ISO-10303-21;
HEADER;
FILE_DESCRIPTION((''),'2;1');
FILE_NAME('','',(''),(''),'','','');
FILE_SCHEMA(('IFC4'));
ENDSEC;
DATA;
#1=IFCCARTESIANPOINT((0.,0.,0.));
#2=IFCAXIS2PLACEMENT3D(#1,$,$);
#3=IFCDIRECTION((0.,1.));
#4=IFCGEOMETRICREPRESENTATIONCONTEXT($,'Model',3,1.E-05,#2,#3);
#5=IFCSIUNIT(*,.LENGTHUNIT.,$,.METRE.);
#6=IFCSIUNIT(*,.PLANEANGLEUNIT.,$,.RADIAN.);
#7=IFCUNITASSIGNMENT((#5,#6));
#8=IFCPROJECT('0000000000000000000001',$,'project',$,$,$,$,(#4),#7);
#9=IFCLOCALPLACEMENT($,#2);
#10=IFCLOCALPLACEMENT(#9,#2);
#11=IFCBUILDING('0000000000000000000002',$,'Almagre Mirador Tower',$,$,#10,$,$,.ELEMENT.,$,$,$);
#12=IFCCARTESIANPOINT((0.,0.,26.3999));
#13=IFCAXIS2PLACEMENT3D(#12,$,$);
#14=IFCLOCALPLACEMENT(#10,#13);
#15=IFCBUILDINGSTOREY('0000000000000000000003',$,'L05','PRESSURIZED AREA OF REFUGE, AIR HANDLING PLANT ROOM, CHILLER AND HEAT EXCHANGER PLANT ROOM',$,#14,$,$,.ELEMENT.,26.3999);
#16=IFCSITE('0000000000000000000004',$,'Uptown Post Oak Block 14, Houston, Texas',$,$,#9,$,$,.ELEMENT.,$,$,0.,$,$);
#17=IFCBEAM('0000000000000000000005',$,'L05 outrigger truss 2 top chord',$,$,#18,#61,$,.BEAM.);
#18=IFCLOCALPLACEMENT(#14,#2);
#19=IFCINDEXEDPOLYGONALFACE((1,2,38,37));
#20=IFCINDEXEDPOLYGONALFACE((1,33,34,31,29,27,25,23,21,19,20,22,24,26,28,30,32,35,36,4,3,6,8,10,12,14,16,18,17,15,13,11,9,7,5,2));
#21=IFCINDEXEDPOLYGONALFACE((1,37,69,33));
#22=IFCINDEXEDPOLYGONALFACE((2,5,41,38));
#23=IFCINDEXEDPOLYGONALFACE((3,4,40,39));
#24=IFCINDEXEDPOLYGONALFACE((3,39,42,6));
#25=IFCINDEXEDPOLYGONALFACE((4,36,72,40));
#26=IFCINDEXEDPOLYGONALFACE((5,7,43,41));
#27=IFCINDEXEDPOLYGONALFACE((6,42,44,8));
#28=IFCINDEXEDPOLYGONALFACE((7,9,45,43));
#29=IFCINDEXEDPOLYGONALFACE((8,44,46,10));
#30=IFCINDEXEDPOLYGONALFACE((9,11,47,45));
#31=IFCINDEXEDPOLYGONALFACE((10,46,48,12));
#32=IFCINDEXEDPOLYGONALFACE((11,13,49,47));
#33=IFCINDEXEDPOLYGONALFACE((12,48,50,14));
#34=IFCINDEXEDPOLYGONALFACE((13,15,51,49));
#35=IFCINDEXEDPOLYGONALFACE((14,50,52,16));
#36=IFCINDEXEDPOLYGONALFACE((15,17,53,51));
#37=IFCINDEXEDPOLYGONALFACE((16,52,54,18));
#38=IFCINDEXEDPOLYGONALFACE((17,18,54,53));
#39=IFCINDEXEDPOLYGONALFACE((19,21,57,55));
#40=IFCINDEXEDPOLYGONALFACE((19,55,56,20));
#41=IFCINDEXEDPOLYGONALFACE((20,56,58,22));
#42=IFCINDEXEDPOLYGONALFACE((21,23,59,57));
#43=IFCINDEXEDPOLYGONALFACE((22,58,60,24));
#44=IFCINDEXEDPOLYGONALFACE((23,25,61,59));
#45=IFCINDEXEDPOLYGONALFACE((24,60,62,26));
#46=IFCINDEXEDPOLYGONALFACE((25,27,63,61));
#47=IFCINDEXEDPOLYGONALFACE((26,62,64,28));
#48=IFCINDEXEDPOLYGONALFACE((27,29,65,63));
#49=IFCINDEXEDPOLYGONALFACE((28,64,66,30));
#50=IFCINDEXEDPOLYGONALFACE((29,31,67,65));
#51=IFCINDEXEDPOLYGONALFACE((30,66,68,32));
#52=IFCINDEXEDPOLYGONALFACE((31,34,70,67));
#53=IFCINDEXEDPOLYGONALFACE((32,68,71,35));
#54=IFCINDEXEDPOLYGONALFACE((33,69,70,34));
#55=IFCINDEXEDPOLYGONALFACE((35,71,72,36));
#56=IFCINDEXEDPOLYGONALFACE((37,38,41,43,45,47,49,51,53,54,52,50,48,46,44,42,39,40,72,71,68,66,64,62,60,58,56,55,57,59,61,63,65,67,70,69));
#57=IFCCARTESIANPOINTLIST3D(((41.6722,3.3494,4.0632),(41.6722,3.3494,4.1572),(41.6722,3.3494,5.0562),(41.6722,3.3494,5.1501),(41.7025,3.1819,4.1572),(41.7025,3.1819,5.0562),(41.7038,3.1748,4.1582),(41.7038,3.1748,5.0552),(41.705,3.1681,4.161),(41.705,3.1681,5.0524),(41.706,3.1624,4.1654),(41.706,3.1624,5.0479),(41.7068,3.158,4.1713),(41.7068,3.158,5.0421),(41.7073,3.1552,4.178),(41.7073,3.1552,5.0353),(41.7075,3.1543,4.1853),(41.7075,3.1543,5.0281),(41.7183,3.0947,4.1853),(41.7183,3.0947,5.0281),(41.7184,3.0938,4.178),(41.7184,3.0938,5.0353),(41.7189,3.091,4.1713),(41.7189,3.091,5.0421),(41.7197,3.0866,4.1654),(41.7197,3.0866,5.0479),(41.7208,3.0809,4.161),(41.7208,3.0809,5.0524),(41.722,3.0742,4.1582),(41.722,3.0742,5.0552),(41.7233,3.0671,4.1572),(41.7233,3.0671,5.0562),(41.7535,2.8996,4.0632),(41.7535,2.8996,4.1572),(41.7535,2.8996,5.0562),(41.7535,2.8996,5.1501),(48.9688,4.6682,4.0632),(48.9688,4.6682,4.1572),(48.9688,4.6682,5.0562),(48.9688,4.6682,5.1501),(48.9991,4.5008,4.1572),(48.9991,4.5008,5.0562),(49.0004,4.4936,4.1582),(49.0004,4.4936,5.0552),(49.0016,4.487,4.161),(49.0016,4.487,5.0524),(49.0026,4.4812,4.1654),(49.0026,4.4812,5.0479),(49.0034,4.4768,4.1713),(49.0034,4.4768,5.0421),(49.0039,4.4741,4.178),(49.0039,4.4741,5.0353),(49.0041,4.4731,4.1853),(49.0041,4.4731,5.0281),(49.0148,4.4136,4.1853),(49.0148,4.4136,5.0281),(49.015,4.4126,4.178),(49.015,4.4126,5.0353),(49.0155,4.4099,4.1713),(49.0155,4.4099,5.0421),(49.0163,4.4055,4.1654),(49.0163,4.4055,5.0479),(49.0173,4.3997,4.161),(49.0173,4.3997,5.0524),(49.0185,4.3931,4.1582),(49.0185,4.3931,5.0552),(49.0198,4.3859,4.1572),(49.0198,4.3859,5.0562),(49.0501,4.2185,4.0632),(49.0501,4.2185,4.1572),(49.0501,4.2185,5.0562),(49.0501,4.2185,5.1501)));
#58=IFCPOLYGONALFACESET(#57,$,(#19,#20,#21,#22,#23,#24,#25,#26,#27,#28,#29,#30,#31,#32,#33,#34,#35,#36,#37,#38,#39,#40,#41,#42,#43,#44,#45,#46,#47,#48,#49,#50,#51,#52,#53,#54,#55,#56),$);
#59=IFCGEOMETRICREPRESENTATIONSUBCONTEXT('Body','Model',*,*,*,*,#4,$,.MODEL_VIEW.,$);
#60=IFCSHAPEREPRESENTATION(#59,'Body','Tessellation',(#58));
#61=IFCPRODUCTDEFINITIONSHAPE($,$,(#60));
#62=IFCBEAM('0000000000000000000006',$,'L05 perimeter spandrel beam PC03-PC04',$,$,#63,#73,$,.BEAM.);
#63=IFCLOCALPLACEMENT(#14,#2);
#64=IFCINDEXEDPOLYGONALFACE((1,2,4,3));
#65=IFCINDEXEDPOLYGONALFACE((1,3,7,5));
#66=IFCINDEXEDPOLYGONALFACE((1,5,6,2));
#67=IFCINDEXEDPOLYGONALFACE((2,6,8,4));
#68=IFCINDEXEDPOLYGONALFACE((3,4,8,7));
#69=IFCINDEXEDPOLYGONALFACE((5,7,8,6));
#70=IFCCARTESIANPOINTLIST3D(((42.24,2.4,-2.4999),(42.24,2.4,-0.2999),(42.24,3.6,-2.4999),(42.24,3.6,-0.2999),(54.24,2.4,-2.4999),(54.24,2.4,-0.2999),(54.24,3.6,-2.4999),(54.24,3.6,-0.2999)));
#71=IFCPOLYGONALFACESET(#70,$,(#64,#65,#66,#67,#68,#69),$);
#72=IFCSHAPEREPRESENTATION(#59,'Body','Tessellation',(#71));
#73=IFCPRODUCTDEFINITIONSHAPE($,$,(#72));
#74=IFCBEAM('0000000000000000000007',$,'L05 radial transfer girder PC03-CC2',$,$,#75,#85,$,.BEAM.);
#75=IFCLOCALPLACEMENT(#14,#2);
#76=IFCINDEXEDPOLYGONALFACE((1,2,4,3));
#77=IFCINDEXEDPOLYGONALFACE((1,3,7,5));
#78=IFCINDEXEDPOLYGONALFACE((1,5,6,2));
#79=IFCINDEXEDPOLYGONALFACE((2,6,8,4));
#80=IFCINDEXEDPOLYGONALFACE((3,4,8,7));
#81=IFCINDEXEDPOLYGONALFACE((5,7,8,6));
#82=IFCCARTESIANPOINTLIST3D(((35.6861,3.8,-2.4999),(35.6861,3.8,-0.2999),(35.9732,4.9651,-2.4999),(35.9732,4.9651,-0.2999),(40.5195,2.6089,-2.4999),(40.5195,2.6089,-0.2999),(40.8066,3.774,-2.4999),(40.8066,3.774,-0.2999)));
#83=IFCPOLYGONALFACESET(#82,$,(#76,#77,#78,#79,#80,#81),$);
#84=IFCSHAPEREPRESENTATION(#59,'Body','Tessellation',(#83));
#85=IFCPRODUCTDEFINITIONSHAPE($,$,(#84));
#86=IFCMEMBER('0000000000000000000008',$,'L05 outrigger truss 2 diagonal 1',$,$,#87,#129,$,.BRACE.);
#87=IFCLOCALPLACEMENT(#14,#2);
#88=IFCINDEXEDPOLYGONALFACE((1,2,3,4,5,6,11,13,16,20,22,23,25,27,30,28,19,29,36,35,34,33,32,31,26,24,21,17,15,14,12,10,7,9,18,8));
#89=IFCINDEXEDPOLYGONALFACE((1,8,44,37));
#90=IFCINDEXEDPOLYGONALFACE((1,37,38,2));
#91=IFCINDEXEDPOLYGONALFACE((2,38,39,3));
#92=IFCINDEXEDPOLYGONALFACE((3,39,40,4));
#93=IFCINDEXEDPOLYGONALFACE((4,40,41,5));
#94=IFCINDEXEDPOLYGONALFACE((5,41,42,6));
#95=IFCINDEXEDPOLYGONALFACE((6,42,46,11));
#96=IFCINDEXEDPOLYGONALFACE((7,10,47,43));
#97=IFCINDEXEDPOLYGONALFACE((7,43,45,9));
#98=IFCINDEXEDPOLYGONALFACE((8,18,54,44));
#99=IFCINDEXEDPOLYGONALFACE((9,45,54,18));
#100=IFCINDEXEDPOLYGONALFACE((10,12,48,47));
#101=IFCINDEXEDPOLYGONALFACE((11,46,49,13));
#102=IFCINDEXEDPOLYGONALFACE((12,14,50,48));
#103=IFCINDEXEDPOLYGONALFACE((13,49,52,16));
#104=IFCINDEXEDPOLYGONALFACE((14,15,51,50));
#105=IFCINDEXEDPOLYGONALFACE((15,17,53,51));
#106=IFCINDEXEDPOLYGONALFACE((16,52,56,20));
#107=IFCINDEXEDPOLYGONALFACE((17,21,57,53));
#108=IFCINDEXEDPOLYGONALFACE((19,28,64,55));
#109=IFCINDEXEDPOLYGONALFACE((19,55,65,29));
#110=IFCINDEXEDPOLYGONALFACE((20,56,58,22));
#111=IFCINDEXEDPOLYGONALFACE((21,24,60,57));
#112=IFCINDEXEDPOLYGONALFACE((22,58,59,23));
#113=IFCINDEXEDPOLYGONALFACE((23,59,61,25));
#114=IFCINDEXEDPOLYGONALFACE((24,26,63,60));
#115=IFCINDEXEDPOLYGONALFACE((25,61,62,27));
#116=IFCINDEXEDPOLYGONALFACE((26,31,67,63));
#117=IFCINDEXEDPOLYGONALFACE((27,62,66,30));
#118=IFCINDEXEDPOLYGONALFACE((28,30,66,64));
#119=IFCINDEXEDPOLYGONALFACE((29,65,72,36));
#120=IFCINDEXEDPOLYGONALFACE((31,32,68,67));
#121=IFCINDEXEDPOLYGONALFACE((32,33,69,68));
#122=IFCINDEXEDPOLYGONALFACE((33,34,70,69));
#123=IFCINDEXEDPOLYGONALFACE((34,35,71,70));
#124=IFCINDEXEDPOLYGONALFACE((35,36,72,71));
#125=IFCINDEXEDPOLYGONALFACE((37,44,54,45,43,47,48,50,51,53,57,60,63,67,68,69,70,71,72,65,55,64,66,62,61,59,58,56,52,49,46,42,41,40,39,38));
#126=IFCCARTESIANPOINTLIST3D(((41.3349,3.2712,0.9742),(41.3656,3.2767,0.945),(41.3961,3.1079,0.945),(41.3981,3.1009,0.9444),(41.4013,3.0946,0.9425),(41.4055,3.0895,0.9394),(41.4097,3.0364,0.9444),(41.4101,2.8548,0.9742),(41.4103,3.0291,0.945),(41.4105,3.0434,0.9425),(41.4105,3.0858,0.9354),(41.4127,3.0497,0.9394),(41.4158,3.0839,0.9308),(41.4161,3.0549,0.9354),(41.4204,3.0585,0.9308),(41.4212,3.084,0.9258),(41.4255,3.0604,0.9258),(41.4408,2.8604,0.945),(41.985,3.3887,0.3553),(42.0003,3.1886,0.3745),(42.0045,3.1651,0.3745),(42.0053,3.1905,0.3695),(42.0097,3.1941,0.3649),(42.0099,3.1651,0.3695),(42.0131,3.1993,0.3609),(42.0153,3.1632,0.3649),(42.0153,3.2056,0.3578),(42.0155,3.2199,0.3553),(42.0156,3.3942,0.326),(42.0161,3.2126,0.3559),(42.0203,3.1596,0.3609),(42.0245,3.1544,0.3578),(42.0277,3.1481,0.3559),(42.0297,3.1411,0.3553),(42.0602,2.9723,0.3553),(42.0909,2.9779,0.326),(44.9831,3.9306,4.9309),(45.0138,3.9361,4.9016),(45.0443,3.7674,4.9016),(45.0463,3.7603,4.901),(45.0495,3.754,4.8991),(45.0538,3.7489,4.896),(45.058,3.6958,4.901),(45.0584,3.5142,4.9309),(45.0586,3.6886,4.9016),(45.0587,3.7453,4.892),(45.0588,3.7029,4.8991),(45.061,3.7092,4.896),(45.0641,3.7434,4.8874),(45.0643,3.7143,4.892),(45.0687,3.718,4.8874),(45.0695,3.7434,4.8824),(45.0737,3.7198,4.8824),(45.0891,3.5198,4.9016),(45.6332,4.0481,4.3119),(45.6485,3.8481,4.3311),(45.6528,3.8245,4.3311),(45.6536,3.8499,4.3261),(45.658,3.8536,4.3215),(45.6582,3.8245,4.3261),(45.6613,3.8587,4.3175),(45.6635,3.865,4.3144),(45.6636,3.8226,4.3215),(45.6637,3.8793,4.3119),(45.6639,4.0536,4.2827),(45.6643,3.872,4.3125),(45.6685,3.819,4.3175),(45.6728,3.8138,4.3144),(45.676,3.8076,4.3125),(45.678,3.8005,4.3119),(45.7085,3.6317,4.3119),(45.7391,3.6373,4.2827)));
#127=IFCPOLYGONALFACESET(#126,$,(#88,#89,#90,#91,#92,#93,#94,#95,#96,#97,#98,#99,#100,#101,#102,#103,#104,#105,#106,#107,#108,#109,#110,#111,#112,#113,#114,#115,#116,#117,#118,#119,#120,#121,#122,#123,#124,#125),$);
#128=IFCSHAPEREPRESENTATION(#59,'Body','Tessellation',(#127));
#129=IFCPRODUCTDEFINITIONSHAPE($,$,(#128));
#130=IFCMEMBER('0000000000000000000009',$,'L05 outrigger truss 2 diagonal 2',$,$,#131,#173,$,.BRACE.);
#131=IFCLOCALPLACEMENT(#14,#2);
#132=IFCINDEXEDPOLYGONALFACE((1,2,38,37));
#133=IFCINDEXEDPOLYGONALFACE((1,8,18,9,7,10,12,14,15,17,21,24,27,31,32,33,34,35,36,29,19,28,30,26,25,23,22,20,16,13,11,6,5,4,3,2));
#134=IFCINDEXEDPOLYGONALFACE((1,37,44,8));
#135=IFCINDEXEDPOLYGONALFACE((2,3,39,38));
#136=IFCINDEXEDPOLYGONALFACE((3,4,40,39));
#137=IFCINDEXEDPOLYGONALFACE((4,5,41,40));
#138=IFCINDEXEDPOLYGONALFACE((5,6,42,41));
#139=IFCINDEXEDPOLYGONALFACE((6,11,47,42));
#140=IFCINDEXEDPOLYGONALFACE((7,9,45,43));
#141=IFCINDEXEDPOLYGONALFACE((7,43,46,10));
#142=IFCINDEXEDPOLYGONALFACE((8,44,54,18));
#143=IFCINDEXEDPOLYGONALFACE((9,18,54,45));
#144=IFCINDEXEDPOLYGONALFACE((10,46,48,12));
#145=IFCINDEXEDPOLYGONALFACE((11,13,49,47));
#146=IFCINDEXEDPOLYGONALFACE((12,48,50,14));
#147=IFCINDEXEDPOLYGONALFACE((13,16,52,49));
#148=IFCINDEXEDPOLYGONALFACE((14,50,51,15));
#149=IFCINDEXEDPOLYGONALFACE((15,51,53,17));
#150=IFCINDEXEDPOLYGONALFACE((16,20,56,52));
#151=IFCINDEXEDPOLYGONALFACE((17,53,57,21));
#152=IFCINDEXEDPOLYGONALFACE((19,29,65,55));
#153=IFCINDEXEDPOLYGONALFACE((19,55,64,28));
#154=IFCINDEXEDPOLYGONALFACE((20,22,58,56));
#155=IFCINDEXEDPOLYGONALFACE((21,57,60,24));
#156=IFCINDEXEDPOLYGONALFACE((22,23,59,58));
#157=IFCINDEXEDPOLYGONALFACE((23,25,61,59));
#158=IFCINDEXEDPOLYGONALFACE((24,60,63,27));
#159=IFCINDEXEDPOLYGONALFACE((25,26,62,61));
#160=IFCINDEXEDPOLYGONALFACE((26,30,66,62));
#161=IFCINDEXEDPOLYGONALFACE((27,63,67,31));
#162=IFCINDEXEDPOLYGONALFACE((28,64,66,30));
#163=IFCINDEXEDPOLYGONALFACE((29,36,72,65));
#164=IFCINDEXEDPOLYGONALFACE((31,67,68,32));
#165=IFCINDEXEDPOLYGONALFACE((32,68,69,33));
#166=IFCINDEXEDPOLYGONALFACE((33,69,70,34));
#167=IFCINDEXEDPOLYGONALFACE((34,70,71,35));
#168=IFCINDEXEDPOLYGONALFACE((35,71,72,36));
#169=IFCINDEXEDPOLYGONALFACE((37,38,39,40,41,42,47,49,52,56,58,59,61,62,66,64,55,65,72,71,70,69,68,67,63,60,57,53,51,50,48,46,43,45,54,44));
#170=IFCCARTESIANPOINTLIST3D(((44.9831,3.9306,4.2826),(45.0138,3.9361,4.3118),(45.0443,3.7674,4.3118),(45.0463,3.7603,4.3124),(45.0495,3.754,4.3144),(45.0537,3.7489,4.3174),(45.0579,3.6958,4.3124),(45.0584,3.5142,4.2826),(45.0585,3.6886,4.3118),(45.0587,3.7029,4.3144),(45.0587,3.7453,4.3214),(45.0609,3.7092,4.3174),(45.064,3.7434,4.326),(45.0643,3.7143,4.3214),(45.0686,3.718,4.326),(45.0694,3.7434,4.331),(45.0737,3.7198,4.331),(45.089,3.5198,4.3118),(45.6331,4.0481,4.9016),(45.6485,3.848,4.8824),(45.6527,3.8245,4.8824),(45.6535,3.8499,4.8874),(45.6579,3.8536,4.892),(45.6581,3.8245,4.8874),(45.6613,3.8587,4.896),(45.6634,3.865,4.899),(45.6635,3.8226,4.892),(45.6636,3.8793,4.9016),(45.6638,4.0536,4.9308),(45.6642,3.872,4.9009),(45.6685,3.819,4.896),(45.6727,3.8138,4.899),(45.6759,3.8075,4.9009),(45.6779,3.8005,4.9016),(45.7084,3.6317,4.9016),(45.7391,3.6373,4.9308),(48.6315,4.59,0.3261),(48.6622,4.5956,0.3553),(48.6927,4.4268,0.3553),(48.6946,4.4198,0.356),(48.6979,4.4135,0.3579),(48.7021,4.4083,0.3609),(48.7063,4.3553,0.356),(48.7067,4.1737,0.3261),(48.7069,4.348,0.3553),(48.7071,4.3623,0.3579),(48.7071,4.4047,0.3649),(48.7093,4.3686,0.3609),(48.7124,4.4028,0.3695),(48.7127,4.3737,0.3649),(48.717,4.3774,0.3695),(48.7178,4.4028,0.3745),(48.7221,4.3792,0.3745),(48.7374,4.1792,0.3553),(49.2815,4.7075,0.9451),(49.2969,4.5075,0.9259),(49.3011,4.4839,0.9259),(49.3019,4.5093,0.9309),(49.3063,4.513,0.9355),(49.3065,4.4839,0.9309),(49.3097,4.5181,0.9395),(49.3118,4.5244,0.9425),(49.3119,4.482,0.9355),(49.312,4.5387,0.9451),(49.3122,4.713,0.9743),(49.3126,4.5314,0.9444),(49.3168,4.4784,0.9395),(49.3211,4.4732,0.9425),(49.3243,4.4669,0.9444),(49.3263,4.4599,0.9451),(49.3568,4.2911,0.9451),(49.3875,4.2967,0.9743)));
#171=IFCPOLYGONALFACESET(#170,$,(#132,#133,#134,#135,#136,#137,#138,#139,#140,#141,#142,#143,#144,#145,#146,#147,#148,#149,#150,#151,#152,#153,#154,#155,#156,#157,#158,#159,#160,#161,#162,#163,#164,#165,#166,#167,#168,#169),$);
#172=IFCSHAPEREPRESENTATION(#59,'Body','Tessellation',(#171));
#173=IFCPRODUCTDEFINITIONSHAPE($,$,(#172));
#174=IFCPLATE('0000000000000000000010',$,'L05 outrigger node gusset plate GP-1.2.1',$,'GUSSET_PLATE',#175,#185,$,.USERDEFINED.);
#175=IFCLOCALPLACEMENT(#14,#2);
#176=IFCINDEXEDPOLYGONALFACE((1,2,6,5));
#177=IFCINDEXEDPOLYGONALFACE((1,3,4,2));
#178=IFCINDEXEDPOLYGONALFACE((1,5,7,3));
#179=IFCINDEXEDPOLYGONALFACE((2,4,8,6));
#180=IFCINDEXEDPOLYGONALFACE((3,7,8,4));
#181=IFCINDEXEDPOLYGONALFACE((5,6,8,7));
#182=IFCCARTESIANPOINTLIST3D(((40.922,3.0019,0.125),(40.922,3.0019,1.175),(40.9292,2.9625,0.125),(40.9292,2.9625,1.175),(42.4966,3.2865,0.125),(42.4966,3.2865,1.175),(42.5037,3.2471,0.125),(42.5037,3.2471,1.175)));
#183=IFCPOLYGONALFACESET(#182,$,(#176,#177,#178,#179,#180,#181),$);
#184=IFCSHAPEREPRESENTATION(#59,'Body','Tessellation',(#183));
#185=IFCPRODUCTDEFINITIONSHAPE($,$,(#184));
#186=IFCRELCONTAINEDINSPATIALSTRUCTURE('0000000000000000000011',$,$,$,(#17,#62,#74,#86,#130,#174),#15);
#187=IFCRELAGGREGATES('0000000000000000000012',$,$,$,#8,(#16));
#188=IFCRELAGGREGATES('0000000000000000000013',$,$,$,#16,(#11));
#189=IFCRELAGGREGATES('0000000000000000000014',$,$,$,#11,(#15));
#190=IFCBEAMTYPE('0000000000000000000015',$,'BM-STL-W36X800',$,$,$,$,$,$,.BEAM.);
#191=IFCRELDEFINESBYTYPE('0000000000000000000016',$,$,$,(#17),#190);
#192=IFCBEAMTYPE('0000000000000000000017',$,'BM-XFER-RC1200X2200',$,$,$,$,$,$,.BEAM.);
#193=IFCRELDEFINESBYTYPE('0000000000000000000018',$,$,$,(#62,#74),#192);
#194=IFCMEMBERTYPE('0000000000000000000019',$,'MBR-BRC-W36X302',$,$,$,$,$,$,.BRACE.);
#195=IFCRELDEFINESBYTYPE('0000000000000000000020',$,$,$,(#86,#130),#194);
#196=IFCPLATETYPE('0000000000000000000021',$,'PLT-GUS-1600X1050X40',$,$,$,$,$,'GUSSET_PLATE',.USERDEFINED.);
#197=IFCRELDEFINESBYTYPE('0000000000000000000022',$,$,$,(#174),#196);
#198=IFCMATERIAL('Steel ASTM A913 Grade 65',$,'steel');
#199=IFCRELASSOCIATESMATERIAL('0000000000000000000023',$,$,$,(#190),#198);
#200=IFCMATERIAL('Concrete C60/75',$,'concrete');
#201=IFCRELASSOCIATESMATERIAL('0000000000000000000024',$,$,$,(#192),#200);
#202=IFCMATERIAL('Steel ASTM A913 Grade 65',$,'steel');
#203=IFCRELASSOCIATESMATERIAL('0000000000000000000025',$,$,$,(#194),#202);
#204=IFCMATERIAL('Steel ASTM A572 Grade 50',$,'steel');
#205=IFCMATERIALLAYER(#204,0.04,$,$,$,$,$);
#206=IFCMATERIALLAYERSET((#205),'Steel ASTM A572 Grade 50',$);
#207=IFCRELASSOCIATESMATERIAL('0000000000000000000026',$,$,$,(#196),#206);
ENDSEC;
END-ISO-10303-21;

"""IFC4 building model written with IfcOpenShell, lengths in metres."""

from ifc_helpers import new_model, si_unit, direction, frame, origin, origin_2d, place, context, subcontext, project, spatial, rectangle, i_section, extrude, material, layer, layer_set, material_profile, profile_set, type_object, element, save


model = new_model("IFC4")

# Units and contexts
model_context = context("Model", 3, precision=1e-05, world=origin(), true_north=direction((0.0, 1.0)))
body_context = subcontext(model_context, "Body", "Model", "MODEL_VIEW")
ifc_project = project(units=[si_unit("LENGTHUNIT", "METRE"), si_unit("PLANEANGLEUNIT", "RADIAN")], contexts=[model_context])

# Site, building, storey
site_placement = place(None, origin())
site = spatial("IfcSite", under=ifc_project, at=site_placement, Name="Uptown Post Oak Block 14, Houston, Texas", CompositionType="ELEMENT", RefElevation=0.0)
building_placement = place(site_placement, origin())
building = spatial("IfcBuilding", under=site, at=building_placement, Name="Almagre Mirador Tower", CompositionType="ELEMENT")
storey_placement = place(building_placement, frame((0.0, 0.0, 26.3999)))
storey = spatial("IfcBuildingStorey", under=building, at=storey_placement, Name="L05", Description="PRESSURIZED AREA OF REFUGE, AIR HANDLING PLANT ROOM, CHILLER AND HEAT EXCHANGER PLANT ROOM", CompositionType="ELEMENT", Elevation=26.3999)

# Beams
ifc_material_1 = material(Name="Steel ASTM A913 Grade 65", Category="steel")
ifc_material_profile_1 = material_profile(ifc_material_1, i_section(OverallWidth=0.457, OverallDepth=1.0869, WebThickness=0.0605, FlangeThickness=0.094, FilletRadius=0.0281, at=origin_2d()), Name="W36X800")
ifc_profile_set_1 = profile_set([ifc_material_profile_1], Name="Steel ASTM A913 Grade 65")
beam_type_1 = type_object("IfcBeamType", Name="BM-STL-W36X800", PredefinedType="BEAM", material=ifc_profile_set_1)
for number, where, z_axis, x_axis, name in (
    (1, (41.7129, 3.1245, 4.6067), (0.984055, 0.177865, 0.0), (-0.177865, 0.984055, 0.0), "L05 outrigger truss 2 top chord"),
):
    element("IfcBeam", number, at=place(storey_placement, frame(where, z_axis=z_axis, x_axis=x_axis)), inside=storey, type_object=beam_type_1, Name=name, PredefinedType="BEAM", context=body_context, shape_type="SweptSolid", body=[
        extrude(i_section(OverallWidth=0.457, OverallDepth=1.0869, WebThickness=0.0605, FlangeThickness=0.094, FilletRadius=0.0281, at=origin_2d()), origin(), (0.0, 0.0, 1.0), 7.4148),
    ])
ifc_material_2 = material(Name="Concrete C60/75", Category="concrete")
ifc_material_profile_2 = material_profile(ifc_material_2, rectangle(XDim=1.2, YDim=2.2, at=origin_2d()), Name="RC1200X2200")
ifc_profile_set_2 = profile_set([ifc_material_profile_2], Name="Concrete C60/75")
beam_type_2 = type_object("IfcBeamType", Name="BM-XFER-RC1200X2200", PredefinedType="BEAM", material=ifc_profile_set_2)
beam_1_placement = place(storey_placement, frame((42.24, 3.0, -1.3999), z_axis=(1.0, 0.0, 0.0), x_axis=(0.0, 1.0, 0.0)))
element("IfcBeam", 2, at=beam_1_placement, inside=storey, type_object=beam_type_2, Name="L05 perimeter spandrel beam PC03-PC04", PredefinedType="BEAM", context=body_context, shape_type="SweptSolid", body=[
    extrude(rectangle(XDim=1.2, YDim=2.2, at=origin_2d()), origin(), (0.0, 0.0, 1.0), 12.0),
])
beam_2_placement = place(storey_placement, frame((40.6631, 3.1914, -1.3999), z_axis=(-0.970951, 0.23928, 0.0), x_axis=(-0.23928, -0.970951, 0.0)))
element("IfcBeam", 3, at=beam_2_placement, inside=storey, type_object=beam_type_2, Name="L05 radial transfer girder PC03-CC2", PredefinedType="BEAM", context=body_context, shape_type="SweptSolid", body=[
    extrude(rectangle(XDim=1.2, YDim=2.2, at=origin_2d()), origin(), (0.0, 0.0, 1.0), 4.978),
])

# Members
ifc_material_3 = material(Name="Steel ASTM A913 Grade 65", Category="steel")
ifc_material_profile_3 = material_profile(ifc_material_3, i_section(OverallWidth=0.4231, OverallDepth=0.948, WebThickness=0.0239, FlangeThickness=0.0427, FilletRadius=0.0281, at=origin_2d()), Name="W36X302")
ifc_profile_set_3 = profile_set([ifc_material_profile_3], Name="Steel ASTM A913 Grade 65")
member_type = type_object("IfcMemberType", Name="MBR-BRC-W36X302", PredefinedType="BRACE", material=ifc_profile_set_3)
for number, where, z_axis, x_axis, name in (
    (4, (41.7129, 3.1245, 0.6501), (0.672847, 0.121619, 0.729716), (-0.177871, 0.984054, 0.0), "L05 outrigger truss 2 diagonal 1"),
    (5, (45.3611, 3.7839, 4.6067), (0.672871, 0.121616, -0.729694), (-0.17786, 0.984056, 0.0), "L05 outrigger truss 2 diagonal 2"),
):
    element("IfcMember", number, at=place(storey_placement, frame(where, z_axis=z_axis, x_axis=x_axis)), inside=storey, type_object=member_type, Name=name, PredefinedType="BRACE", context=body_context, shape_type="SweptSolid", body=[
        extrude(i_section(OverallWidth=0.4231, OverallDepth=0.948, WebThickness=0.0239, FlangeThickness=0.0427, FilletRadius=0.0281, at=origin_2d()), origin(), (0.0, 0.0, 1.0), 5.4221),
    ])

# Plate
ifc_material_4 = material(Name="Steel ASTM A572 Grade 50", Category="steel")
ifc_layer_1 = layer(ifc_material_4, 0.04)
ifc_layer_set_1 = layer_set([ifc_layer_1], Name="Steel ASTM A572 Grade 50")
plate_type = type_object("IfcPlateType", Name="PLT-GUS-1600X1050X40", ElementType="GUSSET_PLATE", PredefinedType="USERDEFINED", material=ifc_layer_set_1)
plate_1_placement = place(storey_placement, frame((41.7129, 3.1245, 0.125), z_axis=(0.0, 0.0, 1.0), x_axis=(0.984056, 0.177858, 0.0)))
element("IfcPlate", 6, at=plate_1_placement, inside=storey, type_object=plate_type, Name="L05 outrigger node gusset plate GP-1.2.1", ObjectType="GUSSET_PLATE", PredefinedType="USERDEFINED", context=body_context, shape_type="SweptSolid", body=[
    extrude(rectangle(XDim=1.6001, YDim=0.04, at=origin_2d()), origin(), (0.0, 0.0, 1.0), 1.05),
])

save(model, "model.ifc")
